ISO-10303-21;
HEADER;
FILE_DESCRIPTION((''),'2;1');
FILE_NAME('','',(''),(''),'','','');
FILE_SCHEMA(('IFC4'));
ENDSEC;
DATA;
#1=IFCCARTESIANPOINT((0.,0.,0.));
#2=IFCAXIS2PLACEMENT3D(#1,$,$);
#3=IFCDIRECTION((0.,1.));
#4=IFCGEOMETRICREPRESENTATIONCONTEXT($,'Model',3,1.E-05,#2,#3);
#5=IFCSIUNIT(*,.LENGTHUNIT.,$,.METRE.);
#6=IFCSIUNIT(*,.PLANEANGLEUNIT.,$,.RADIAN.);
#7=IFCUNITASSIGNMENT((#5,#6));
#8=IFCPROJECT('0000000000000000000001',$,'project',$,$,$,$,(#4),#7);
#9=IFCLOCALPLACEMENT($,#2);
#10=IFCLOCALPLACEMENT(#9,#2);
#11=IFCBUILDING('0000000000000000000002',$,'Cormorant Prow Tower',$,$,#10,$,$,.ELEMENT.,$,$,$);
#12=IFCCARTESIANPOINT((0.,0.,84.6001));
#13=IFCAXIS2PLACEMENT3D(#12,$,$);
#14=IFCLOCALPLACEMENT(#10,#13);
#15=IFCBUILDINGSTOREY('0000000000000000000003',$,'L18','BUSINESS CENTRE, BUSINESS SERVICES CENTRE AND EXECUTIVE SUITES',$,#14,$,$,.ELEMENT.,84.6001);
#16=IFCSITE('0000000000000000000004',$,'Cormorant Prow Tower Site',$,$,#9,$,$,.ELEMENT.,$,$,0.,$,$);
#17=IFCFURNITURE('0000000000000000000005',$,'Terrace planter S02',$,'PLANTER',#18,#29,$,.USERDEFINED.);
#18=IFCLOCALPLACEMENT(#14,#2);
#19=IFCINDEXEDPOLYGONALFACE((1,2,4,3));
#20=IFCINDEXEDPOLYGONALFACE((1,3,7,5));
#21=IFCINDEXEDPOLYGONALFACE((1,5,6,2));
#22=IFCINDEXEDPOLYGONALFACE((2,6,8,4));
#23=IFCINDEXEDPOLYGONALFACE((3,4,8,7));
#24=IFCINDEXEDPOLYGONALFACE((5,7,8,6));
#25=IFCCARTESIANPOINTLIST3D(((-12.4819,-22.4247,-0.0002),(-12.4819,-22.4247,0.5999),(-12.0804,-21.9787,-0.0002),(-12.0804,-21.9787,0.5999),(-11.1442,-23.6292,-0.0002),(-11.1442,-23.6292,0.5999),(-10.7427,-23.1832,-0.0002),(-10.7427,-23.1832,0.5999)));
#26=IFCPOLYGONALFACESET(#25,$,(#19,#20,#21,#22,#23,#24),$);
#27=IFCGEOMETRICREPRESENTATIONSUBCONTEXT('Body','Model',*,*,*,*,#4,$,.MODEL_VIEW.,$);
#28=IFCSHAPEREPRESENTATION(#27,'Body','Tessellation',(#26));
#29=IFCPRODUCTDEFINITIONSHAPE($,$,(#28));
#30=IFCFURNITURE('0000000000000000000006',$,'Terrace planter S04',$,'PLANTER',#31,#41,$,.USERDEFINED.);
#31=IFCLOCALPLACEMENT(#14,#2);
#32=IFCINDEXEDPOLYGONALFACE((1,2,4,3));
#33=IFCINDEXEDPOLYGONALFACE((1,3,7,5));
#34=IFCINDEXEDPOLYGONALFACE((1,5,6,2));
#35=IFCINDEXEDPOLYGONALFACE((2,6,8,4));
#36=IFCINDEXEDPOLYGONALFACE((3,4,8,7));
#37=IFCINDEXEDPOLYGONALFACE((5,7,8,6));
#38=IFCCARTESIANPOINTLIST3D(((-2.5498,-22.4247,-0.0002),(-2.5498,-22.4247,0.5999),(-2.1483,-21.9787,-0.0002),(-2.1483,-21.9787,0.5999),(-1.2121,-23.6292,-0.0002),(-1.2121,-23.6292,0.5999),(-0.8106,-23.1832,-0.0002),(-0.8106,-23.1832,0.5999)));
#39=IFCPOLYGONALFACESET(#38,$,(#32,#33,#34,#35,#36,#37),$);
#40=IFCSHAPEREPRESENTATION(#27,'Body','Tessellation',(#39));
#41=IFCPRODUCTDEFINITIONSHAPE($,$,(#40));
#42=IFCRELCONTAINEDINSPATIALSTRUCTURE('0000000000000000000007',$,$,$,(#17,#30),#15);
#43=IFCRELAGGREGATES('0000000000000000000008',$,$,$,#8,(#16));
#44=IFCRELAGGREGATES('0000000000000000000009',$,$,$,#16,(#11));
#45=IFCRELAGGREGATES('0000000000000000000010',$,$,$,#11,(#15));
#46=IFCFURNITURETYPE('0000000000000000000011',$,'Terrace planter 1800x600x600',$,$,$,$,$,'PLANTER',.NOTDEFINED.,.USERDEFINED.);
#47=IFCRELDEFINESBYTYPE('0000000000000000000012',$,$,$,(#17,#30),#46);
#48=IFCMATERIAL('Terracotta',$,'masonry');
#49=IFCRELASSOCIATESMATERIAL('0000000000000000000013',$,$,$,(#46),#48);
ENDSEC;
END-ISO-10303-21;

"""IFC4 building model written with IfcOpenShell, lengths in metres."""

from ifc_helpers import new_model, si_unit, direction, frame, origin, origin_2d, place, context, subcontext, project, spatial, rectangle, extrude, material, type_object, element, save


model = new_model("IFC4")

# Units and contexts
model_context = context("Model", 3, precision=1e-05, world=origin(), true_north=direction((0.0, 1.0)))
body_context = subcontext(model_context, "Body", "Model", "MODEL_VIEW")
ifc_project = project(units=[si_unit("LENGTHUNIT", "METRE"), si_unit("PLANEANGLEUNIT", "RADIAN")], contexts=[model_context])

# Site, building, storey
site_placement = place(None, origin())
site = spatial("IfcSite", under=ifc_project, at=site_placement, Name="Cormorant Prow Tower Site", CompositionType="ELEMENT", RefElevation=0.0)
building_placement = place(site_placement, origin())
building = spatial("IfcBuilding", under=site, at=building_placement, Name="Cormorant Prow Tower", CompositionType="ELEMENT")
storey_placement = place(building_placement, frame((0.0, 0.0, 84.6001)))
storey = spatial("IfcBuildingStorey", under=building, at=storey_placement, Name="L18", Description="BUSINESS CENTRE, BUSINESS SERVICES CENTRE AND EXECUTIVE SUITES", CompositionType="ELEMENT", Elevation=84.6001)

# Furniture
ifc_material_1 = material(Name="Terracotta", Category="masonry")
furniture_type = type_object("IfcFurnitureType", Name="Terrace planter 1800x600x600", ElementType="PLANTER", AssemblyPlace="NOTDEFINED", PredefinedType="USERDEFINED", material=ifc_material_1)
for number, where, z_axis, x_axis, name in (
    (1, (-11.6123, -22.804, -0.0002), (0.0, 0.0, 1.0), (0.743145, -0.669131, 0.0), "Terrace planter S02"),
    (2, (-1.6802, -22.804, -0.0002), (0.0, 0.0, 1.0), (0.743145, -0.669131, 0.0), "Terrace planter S04"),
):
    element("IfcFurniture", number, at=place(storey_placement, frame(where, z_axis=z_axis, x_axis=x_axis)), inside=storey, type_object=furniture_type, Name=name, ObjectType="PLANTER", PredefinedType="USERDEFINED", context=body_context, shape_type="SweptSolid", body=[
        extrude(rectangle(XDim=1.8, YDim=0.6001, at=origin_2d()), origin(), (0.0, 0.0, 1.0), 0.6001),
    ])

save(model, "model.ifc")
